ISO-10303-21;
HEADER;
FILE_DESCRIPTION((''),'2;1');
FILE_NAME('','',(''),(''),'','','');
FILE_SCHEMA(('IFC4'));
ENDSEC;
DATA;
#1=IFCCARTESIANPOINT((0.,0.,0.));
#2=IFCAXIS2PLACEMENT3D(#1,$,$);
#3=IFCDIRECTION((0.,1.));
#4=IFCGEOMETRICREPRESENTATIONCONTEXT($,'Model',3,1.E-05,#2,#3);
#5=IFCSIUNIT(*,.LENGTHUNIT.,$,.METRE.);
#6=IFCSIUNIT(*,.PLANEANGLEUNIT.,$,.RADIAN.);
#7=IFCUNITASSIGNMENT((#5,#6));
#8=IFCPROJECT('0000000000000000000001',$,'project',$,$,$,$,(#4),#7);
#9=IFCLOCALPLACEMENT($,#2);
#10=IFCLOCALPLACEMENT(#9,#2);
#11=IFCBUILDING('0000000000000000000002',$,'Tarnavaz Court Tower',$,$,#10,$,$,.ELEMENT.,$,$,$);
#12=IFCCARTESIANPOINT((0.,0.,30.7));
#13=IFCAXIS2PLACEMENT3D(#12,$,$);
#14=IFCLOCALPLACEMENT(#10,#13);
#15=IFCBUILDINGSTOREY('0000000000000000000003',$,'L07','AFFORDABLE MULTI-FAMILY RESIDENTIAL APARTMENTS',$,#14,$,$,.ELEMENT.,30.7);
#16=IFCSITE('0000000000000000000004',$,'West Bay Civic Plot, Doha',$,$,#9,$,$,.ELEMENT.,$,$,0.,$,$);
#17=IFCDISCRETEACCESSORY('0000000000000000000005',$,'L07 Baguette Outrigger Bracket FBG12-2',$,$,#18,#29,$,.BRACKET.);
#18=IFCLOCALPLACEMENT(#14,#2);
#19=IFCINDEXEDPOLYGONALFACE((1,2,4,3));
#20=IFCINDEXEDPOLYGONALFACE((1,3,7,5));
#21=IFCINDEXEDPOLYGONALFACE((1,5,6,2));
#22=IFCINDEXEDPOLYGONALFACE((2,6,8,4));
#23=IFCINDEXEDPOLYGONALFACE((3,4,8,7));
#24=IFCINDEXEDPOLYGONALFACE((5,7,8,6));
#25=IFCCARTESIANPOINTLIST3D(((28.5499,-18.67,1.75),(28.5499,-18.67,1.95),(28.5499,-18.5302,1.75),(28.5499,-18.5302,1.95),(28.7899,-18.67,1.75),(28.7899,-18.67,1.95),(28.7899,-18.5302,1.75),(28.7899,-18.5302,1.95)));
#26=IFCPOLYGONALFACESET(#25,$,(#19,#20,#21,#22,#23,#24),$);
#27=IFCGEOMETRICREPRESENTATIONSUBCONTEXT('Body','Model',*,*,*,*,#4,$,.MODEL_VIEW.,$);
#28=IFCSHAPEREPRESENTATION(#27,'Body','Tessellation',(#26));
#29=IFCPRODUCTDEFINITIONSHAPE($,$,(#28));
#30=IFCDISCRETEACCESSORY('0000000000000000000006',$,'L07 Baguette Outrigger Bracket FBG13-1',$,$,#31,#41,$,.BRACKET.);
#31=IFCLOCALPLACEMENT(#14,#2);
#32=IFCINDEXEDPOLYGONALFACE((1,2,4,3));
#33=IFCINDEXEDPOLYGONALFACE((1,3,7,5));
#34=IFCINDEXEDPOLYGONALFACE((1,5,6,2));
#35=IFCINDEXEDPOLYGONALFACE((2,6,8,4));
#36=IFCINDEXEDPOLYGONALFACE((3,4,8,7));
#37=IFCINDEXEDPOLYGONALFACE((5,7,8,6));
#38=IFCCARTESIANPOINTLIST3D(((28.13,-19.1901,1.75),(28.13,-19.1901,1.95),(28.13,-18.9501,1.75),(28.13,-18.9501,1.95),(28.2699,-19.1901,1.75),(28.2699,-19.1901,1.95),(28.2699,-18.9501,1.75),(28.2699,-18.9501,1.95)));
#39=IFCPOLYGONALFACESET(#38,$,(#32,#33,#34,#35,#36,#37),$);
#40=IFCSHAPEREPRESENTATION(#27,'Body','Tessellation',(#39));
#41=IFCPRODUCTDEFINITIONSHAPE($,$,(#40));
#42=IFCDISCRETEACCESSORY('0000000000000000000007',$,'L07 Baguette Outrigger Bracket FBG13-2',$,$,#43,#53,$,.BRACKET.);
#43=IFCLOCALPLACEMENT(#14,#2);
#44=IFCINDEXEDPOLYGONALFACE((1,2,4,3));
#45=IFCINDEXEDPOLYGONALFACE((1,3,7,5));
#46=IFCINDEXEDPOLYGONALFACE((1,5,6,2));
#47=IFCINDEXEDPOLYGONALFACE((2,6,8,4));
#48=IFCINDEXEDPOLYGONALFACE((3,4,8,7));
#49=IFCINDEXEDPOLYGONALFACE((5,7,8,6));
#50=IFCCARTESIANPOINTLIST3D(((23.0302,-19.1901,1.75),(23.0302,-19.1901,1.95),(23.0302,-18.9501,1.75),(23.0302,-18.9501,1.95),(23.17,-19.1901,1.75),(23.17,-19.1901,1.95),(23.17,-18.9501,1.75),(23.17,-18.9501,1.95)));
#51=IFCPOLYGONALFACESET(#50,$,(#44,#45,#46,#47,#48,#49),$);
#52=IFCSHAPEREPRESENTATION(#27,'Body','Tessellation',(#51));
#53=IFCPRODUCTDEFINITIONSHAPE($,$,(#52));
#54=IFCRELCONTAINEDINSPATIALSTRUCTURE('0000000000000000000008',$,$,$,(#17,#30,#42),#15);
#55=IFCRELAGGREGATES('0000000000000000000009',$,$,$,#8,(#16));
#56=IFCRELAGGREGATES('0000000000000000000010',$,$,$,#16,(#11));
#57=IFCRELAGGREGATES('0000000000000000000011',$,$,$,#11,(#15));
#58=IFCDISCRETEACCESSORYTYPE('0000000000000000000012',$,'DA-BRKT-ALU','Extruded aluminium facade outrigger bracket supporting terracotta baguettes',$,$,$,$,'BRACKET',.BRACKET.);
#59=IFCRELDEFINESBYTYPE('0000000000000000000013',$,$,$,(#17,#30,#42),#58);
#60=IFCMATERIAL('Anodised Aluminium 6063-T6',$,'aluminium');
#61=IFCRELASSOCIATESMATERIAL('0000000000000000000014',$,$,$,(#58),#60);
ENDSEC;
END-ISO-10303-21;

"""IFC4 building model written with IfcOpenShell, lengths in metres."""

from ifc_helpers import new_model, si_unit, direction, frame, origin, origin_2d, place, context, subcontext, project, spatial, rectangle, extrude, material, type_object, element, save


model = new_model("IFC4")

# Units and contexts
model_context = context("Model", 3, precision=1e-05, world=origin(), true_north=direction((0.0, 1.0)))
body_context = subcontext(model_context, "Body", "Model", "MODEL_VIEW")
ifc_project = project(units=[si_unit("LENGTHUNIT", "METRE"), si_unit("PLANEANGLEUNIT", "RADIAN")], contexts=[model_context])

# Site, building, storey
site_placement = place(None, origin())
site = spatial("IfcSite", under=ifc_project, at=site_placement, Name="West Bay Civic Plot, Doha", CompositionType="ELEMENT", RefElevation=0.0)
building_placement = place(site_placement, origin())
building = spatial("IfcBuilding", under=site, at=building_placement, Name="Tarnavaz Court Tower", CompositionType="ELEMENT")
storey_placement = place(building_placement, frame((0.0, 0.0, 30.7)))
storey = spatial("IfcBuildingStorey", under=building, at=storey_placement, Name="L07", Description="AFFORDABLE MULTI-FAMILY RESIDENTIAL APARTMENTS", CompositionType="ELEMENT", Elevation=30.7)

# Discrete accessories
ifc_material_1 = material(Name="Anodised Aluminium 6063-T6", Category="aluminium")
discrete_accessory_type = type_object("IfcDiscreteAccessoryType", Name="DA-BRKT-ALU", Description="Extruded aluminium facade outrigger bracket supporting terracotta baguettes", ElementType="BRACKET", PredefinedType="BRACKET", material=ifc_material_1)
for number, where, z_axis, x_axis, name in (
    (1, (28.6699, -18.6001, 1.75), (0.0, 0.0, 1.0), (0.0, -1.0, 0.0), "L07 Baguette Outrigger Bracket FBG12-2"),
    (2, (28.2, -19.0701, 1.75), (0.0, 0.0, 1.0), (-1.0, 0.0, 0.0), "L07 Baguette Outrigger Bracket FBG13-1"),
    (3, (23.1001, -19.0701, 1.75), (0.0, 0.0, 1.0), (-1.0, 0.0, 0.0), "L07 Baguette Outrigger Bracket FBG13-2"),
):
    element("IfcDiscreteAccessory", number, at=place(storey_placement, frame(where, z_axis=z_axis, x_axis=x_axis)), inside=storey, type_object=discrete_accessory_type, Name=name, PredefinedType="BRACKET", context=body_context, shape_type="SweptSolid", body=[
        extrude(rectangle(XDim=0.1399, YDim=0.24, at=origin_2d()), origin(), (0.0, 0.0, 1.0), 0.2),
    ])

save(model, "model.ifc")
